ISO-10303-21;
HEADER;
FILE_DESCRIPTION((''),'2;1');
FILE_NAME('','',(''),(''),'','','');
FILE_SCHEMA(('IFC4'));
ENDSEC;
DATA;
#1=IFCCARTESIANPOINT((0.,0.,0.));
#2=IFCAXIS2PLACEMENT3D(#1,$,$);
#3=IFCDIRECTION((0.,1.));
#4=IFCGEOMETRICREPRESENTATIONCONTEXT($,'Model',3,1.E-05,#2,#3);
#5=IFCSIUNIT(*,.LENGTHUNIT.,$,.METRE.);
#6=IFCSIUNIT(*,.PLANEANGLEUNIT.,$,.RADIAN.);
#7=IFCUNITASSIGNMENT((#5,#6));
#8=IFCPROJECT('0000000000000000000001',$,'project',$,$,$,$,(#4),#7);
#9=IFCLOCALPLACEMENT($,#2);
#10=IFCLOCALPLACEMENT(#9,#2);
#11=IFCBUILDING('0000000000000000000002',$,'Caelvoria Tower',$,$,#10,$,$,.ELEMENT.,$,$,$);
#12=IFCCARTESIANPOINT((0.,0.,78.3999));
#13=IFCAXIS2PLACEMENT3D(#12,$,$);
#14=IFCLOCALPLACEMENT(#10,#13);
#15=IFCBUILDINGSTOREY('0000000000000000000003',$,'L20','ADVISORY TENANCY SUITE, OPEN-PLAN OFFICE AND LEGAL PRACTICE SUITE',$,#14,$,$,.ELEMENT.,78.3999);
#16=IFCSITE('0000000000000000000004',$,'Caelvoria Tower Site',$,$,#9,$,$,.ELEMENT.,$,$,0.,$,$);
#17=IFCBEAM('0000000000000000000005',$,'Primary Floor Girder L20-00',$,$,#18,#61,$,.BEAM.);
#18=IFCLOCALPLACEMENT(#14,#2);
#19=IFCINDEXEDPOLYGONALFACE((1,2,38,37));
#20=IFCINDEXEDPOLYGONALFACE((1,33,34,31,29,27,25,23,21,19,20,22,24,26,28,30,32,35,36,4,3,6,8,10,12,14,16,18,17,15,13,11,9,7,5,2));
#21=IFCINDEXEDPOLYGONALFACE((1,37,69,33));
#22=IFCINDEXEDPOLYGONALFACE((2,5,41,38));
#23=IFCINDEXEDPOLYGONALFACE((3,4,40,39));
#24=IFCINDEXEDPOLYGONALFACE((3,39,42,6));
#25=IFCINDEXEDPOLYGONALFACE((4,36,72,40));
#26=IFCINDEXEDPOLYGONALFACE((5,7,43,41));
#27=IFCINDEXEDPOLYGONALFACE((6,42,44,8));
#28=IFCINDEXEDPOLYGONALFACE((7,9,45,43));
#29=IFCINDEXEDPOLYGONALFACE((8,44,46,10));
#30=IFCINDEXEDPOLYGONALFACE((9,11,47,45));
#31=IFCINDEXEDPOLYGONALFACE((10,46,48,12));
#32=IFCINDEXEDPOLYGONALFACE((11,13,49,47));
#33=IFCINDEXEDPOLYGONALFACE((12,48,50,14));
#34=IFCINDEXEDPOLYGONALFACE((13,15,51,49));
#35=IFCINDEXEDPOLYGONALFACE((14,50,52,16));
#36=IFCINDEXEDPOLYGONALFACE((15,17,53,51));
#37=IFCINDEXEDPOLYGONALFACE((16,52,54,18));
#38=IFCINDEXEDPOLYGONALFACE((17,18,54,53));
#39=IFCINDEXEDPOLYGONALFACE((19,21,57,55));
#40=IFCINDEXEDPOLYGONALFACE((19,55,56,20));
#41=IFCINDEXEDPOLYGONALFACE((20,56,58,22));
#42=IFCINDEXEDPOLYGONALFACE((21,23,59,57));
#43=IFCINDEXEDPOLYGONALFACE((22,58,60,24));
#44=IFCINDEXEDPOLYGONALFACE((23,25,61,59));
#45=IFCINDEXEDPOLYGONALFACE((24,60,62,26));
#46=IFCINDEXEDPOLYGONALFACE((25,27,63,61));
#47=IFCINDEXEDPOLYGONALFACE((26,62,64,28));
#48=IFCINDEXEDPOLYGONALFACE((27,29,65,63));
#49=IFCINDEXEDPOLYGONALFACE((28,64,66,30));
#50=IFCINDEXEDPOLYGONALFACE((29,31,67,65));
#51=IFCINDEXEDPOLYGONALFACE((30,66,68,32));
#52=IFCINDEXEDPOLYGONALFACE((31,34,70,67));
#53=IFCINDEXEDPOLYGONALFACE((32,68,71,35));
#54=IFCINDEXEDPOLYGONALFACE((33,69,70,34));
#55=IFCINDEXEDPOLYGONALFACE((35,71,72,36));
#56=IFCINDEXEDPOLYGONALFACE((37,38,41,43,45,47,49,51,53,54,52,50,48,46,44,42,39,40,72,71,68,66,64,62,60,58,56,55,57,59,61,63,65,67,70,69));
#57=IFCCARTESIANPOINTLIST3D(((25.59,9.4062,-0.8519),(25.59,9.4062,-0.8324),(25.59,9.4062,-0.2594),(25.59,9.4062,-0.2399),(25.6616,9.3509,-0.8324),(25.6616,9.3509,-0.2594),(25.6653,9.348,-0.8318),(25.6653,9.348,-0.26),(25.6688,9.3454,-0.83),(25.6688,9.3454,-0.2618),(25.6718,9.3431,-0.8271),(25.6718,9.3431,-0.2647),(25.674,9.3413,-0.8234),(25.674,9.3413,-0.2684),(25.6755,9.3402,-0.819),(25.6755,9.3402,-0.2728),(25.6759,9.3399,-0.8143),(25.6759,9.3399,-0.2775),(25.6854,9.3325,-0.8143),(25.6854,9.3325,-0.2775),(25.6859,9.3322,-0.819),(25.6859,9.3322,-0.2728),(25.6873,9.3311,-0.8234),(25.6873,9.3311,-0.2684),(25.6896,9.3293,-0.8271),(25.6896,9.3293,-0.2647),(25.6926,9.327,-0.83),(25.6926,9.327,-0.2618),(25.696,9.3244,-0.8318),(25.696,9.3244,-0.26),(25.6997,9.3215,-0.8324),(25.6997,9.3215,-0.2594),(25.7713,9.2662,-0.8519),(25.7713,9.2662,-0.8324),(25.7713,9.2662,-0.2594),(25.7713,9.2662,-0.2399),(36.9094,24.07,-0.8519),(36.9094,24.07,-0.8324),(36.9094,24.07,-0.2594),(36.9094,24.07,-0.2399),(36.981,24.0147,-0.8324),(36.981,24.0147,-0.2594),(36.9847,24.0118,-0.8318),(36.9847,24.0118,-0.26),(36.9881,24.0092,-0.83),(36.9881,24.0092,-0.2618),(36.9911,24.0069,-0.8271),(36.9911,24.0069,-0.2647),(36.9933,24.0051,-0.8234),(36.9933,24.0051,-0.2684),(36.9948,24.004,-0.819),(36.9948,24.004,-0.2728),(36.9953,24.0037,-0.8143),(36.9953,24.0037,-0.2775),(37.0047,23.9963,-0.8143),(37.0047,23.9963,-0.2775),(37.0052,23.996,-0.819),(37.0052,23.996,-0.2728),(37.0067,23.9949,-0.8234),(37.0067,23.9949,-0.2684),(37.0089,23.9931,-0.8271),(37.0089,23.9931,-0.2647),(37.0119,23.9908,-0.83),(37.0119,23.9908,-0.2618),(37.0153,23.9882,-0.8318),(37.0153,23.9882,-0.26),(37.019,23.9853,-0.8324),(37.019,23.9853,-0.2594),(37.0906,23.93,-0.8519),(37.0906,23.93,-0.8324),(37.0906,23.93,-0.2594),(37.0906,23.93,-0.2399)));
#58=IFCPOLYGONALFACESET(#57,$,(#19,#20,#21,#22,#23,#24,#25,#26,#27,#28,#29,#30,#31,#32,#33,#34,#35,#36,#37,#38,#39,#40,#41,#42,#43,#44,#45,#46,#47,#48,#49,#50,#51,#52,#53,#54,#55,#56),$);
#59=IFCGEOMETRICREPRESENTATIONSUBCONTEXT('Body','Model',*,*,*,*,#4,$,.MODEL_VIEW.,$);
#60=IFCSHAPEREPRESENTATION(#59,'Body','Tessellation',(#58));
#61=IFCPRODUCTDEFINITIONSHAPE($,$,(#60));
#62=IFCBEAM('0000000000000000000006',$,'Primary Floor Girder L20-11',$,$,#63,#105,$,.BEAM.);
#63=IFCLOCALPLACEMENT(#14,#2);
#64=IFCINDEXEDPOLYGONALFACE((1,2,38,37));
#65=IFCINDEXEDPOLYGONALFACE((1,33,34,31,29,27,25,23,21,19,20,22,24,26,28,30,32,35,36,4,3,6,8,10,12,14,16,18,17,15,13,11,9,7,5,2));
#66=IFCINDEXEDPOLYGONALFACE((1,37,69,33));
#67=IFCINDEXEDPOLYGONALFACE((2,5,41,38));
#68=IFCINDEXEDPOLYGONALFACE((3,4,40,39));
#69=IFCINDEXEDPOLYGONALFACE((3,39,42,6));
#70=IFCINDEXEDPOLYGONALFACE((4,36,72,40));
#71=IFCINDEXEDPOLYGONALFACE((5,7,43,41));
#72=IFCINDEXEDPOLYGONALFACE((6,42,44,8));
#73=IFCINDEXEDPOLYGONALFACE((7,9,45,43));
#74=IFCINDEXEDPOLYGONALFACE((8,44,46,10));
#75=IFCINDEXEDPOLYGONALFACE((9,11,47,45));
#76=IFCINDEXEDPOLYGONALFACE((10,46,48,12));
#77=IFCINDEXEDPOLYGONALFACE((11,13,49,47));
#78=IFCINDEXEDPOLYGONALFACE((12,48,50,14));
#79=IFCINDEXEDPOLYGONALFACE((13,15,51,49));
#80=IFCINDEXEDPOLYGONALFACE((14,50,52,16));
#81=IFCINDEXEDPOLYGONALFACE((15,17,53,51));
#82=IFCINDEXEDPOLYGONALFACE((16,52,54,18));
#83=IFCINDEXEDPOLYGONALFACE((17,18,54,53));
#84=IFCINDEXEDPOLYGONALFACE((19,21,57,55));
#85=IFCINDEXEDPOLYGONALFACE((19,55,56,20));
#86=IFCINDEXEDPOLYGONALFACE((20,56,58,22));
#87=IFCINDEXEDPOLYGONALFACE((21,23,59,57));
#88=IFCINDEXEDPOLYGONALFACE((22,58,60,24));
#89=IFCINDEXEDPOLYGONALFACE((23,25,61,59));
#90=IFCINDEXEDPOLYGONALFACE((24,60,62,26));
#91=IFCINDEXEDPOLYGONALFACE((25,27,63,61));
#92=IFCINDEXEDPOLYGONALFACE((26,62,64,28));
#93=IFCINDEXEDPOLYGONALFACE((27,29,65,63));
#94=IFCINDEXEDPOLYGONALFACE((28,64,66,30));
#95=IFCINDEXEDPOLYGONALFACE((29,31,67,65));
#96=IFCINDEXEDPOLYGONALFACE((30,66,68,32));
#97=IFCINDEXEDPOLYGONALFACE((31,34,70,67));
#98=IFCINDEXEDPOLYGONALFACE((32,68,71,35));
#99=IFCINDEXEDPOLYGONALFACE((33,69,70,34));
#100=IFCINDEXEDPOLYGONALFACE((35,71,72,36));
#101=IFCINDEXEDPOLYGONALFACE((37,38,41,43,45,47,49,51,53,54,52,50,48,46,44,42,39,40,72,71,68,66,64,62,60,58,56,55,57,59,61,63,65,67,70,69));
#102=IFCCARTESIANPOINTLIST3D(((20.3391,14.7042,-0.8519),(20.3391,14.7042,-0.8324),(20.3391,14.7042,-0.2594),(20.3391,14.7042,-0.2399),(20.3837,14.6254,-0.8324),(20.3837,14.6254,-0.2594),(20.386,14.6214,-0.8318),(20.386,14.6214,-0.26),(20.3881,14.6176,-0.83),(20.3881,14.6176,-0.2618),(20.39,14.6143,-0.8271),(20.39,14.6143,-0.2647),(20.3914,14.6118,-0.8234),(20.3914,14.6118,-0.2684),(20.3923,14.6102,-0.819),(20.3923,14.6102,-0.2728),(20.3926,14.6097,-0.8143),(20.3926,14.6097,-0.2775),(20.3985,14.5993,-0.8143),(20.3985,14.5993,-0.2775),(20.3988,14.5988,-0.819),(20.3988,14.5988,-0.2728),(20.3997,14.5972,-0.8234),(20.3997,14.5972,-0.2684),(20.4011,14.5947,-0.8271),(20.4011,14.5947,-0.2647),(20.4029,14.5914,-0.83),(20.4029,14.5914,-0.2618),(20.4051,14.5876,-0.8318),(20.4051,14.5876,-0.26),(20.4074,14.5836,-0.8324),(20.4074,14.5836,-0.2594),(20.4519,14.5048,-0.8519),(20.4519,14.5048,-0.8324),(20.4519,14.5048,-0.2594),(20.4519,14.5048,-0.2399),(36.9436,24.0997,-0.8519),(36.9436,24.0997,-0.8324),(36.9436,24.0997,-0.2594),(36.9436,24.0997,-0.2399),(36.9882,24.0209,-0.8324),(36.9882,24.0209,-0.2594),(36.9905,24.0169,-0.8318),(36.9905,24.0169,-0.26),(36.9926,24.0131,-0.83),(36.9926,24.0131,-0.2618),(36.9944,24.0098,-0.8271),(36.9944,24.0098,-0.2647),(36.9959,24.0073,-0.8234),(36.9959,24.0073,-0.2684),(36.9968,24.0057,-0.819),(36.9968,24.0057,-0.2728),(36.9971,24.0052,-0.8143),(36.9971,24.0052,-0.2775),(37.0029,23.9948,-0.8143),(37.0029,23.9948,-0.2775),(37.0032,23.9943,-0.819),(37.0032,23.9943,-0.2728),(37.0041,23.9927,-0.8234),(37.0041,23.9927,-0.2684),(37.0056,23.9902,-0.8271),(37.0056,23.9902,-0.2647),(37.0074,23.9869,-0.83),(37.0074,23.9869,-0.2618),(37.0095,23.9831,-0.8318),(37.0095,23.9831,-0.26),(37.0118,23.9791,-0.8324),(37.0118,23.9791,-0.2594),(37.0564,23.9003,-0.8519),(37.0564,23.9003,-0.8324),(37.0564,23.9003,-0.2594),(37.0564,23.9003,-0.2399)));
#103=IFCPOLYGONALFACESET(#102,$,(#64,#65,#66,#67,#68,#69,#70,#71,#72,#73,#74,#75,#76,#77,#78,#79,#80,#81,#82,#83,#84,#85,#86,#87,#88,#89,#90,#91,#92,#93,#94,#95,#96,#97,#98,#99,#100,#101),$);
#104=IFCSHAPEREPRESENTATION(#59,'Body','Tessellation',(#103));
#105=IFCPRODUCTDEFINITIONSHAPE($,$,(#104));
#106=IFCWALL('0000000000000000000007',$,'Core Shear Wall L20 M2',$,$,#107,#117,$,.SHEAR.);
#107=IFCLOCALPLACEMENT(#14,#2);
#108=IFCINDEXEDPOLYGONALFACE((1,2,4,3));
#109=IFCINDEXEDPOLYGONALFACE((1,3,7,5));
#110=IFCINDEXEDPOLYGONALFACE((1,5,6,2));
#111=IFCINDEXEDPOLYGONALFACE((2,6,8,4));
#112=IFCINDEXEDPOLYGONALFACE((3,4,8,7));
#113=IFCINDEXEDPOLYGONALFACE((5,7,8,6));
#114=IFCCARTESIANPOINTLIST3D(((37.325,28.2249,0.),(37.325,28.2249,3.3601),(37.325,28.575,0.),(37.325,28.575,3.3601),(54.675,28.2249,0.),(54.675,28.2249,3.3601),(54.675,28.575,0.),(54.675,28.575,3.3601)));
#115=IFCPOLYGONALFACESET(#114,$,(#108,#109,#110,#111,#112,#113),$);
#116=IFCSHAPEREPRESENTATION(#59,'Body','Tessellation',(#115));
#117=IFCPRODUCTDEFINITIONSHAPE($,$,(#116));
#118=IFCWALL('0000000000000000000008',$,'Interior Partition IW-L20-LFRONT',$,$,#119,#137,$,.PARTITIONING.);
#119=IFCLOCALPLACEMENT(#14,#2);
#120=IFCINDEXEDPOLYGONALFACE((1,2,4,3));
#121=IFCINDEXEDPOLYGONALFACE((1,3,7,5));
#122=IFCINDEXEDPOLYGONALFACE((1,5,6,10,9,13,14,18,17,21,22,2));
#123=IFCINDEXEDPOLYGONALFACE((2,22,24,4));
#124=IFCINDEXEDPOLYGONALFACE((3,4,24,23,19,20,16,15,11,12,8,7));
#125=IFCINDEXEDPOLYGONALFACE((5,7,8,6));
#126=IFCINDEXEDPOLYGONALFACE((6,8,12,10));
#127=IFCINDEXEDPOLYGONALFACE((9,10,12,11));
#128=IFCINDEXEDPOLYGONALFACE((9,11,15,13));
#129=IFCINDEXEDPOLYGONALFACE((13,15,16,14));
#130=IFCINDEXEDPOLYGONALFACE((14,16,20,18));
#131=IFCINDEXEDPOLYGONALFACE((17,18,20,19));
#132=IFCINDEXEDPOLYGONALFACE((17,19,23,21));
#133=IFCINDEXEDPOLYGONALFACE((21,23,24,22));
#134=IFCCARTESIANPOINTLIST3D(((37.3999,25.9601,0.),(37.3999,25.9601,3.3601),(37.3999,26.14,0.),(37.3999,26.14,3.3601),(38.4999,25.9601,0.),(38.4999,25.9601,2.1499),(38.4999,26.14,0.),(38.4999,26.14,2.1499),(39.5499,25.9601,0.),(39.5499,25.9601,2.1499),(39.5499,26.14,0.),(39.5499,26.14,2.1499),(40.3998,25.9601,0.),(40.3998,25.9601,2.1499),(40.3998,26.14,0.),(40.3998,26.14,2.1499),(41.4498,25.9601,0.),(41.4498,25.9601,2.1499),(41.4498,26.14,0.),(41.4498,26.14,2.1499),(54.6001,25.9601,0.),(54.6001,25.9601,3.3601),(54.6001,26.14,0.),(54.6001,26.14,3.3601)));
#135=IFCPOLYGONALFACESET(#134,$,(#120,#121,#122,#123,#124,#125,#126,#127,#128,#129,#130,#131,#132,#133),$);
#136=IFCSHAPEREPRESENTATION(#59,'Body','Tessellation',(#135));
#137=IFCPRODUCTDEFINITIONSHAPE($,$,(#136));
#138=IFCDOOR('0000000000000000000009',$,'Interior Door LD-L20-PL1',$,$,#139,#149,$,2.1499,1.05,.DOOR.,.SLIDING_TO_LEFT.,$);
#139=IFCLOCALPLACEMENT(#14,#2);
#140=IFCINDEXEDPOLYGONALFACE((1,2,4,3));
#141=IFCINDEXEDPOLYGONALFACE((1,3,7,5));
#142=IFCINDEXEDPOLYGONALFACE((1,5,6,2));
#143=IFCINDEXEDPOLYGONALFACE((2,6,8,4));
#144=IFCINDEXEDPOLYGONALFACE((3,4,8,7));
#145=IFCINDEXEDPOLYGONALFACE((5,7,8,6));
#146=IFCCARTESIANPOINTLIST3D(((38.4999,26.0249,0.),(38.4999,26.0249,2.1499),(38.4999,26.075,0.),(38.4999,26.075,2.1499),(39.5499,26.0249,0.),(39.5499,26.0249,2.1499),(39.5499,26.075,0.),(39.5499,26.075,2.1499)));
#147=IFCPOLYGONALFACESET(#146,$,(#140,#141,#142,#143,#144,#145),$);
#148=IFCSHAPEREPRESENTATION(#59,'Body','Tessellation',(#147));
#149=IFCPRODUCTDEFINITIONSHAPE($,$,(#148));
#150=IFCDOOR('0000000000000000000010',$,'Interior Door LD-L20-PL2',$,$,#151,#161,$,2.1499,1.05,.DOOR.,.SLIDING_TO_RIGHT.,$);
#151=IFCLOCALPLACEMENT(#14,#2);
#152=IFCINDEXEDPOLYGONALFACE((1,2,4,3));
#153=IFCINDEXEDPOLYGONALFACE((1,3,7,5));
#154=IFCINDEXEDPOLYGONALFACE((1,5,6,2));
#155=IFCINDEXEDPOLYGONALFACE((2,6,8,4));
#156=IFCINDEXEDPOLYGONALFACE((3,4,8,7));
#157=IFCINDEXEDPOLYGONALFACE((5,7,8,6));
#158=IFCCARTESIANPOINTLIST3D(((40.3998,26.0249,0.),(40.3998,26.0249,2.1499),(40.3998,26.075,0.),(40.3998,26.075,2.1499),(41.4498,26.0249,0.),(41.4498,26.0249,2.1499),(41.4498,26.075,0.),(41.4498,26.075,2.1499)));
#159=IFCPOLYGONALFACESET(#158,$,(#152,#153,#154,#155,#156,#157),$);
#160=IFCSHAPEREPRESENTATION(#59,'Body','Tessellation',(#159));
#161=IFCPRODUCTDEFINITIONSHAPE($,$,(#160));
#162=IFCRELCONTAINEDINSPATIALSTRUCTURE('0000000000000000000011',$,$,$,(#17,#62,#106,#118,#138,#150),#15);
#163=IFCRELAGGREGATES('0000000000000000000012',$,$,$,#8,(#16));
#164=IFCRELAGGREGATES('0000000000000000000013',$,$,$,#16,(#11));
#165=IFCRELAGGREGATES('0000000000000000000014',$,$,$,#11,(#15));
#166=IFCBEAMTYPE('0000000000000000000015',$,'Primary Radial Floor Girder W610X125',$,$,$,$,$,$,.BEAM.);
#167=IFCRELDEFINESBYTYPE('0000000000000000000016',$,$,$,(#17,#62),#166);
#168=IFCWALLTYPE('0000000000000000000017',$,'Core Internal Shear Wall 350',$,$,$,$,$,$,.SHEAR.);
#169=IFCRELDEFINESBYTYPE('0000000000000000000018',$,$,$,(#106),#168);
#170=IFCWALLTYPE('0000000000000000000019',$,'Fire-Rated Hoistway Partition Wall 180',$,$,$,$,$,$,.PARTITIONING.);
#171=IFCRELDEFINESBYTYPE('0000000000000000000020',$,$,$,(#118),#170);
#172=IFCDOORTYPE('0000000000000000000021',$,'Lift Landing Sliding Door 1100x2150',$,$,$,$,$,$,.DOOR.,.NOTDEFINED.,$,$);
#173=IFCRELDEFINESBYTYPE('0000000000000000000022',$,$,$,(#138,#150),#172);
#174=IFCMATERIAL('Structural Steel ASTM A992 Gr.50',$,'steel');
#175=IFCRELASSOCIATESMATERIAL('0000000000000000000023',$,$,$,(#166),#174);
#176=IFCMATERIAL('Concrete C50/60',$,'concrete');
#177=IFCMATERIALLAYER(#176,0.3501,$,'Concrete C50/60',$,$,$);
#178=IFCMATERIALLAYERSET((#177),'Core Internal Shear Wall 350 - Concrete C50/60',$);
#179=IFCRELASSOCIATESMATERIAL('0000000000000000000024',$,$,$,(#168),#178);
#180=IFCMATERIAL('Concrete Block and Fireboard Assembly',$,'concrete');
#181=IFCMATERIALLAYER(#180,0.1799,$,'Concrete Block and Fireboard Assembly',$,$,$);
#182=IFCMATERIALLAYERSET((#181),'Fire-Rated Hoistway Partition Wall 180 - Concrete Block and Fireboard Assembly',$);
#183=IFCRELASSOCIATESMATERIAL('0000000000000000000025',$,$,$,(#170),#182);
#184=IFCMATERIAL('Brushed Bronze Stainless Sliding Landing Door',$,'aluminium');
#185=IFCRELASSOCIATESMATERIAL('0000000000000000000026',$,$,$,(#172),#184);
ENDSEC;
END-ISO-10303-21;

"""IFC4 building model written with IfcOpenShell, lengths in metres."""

from ifc_helpers import new_model, si_unit, direction, frame, frame_2d, origin, origin_2d, place, context, subcontext, project, spatial, rectangle, i_section, extrude, material, layer, layer_set, material_profile, profile_set, type_object, element, fill, save


model = new_model("IFC4")

# Units and contexts
model_context = context("Model", 3, precision=1e-05, world=origin(), true_north=direction((0.0, 1.0)))
body_context = subcontext(model_context, "Body", "Model", "MODEL_VIEW")
ifc_project = project(units=[si_unit("LENGTHUNIT", "METRE"), si_unit("PLANEANGLEUNIT", "RADIAN")], contexts=[model_context])

# Site, building, storey
site_placement = place(None, origin())
site = spatial("IfcSite", under=ifc_project, at=site_placement, Name="Caelvoria Tower Site", CompositionType="ELEMENT", RefElevation=0.0)
building_placement = place(site_placement, origin())
building = spatial("IfcBuilding", under=site, at=building_placement, Name="Caelvoria Tower", CompositionType="ELEMENT")
storey_placement = place(building_placement, frame((0.0, 0.0, 78.3999)))
storey = spatial("IfcBuildingStorey", under=building, at=storey_placement, Name="L20", Description="ADVISORY TENANCY SUITE, OPEN-PLAN OFFICE AND LEGAL PRACTICE SUITE", CompositionType="ELEMENT", Elevation=78.3999)

# Beams
ifc_material_1 = material(Name="Structural Steel ASTM A992 Gr.50", Category="steel")
ifc_material_profile = material_profile(ifc_material_1, i_section(OverallWidth=0.229, OverallDepth=0.6121, WebThickness=0.012, FlangeThickness=0.0195, FilletRadius=0.0181, at=origin_2d()), Name="Structural Steel ASTM A992 Gr.50")
ifc_profile_set = profile_set([ifc_material_profile], Name="W610X125 - Structural Steel ASTM A992 Gr.50")
beam_type = type_object("IfcBeamType", Name="Primary Radial Floor Girder W610X125", PredefinedType="BEAM", material=ifc_profile_set)
beam_1_placement = place(storey_placement, frame((37.0, 24.0, -0.5459), z_axis=(-0.611049, -0.791593, 0.0), x_axis=(0.791593, -0.611049, 0.0)))
element("IfcBeam", 1, at=beam_1_placement, inside=storey, type_object=beam_type, Name="Primary Floor Girder L20-00", PredefinedType="BEAM", context=body_context, shape_type="SweptSolid", body=[
    extrude(i_section(OverallWidth=0.229, OverallDepth=0.6121, WebThickness=0.012, FlangeThickness=0.0195, FilletRadius=0.0181, at=origin_2d()), origin(), (0.0, 0.0, 1.0), 18.5244),
])
beam_2_placement = place(storey_placement, frame((37.0, 24.0, -0.5459), z_axis=(-0.87033, -0.492469, 0.0), x_axis=(0.492469, -0.87033, 0.0)))
element("IfcBeam", 2, at=beam_2_placement, inside=storey, type_object=beam_type, Name="Primary Floor Girder L20-11", PredefinedType="BEAM", context=body_context, shape_type="SweptSolid", body=[
    extrude(i_section(OverallWidth=0.229, OverallDepth=0.6121, WebThickness=0.012, FlangeThickness=0.0195, FilletRadius=0.0181, at=origin_2d()), origin(), (0.0, 0.0, 1.0), 19.0784),
])

# Shared definitions
ifc_material_2 = material(Name="Concrete C50/60", Category="concrete")
ifc_layer_1 = layer(ifc_material_2, 0.3501, Name="Concrete C50/60")
ifc_layer_set_1 = layer_set([ifc_layer_1], Name="Core Internal Shear Wall 350 - Concrete C50/60")
wall_type_1 = type_object("IfcWallType", Name="Core Internal Shear Wall 350", PredefinedType="SHEAR", material=ifc_layer_set_1)

# Wall
wall_1_placement = place(storey_placement, frame((37.325, 28.3999, 0.0), z_axis=(0.0, 0.0, 1.0), x_axis=(1.0, 0.0, 0.0)))
element("IfcWall", 3, at=wall_1_placement, inside=storey, type_object=wall_type_1, Name="Core Shear Wall L20 M2", PredefinedType="SHEAR", context=body_context, shape_type="SweptSolid", body=[
    extrude(rectangle(XDim=17.3501, YDim=0.3501, at=frame_2d((8.675, 0.0))), origin(), (0.0, 0.0, 1.0), 3.3601),
])

# Wall, openings, doors
ifc_material_3 = material(Name="Concrete Block and Fireboard Assembly", Category="concrete")
ifc_layer_2 = layer(ifc_material_3, 0.1799, Name="Concrete Block and Fireboard Assembly")
ifc_layer_set_2 = layer_set([ifc_layer_2], Name="Fire-Rated Hoistway Partition Wall 180 - Concrete Block and Fireboard Assembly")
wall_type_2 = type_object("IfcWallType", Name="Fire-Rated Hoistway Partition Wall 180", PredefinedType="PARTITIONING", material=ifc_layer_set_2)
wall_2_placement = place(storey_placement, frame((37.3999, 26.05, 0.0), z_axis=(0.0, 0.0, 1.0), x_axis=(1.0, 0.0, 0.0)))
wall_2 = element("IfcWall", 4, at=wall_2_placement, inside=storey, type_object=wall_type_2, Name="Interior Partition IW-L20-LFRONT", PredefinedType="PARTITIONING", context=body_context, shape_type="SweptSolid", body=[
    extrude(rectangle(XDim=17.2002, YDim=0.1799, at=frame_2d((8.6001, 0.0))), origin(), (0.0, 0.0, 1.0), 3.3601),
])
opening_1_placement = place(wall_2_placement, frame((1.1001, 0.0, 0.0)))
opening_1 = element("IfcOpeningElement", 5, at=opening_1_placement, cuts=wall_2, PredefinedType="OPENING", context=body_context, shape_type="SweptSolid", body=[
    extrude(rectangle(XDim=1.05, YDim=2.1499, at=frame_2d((0.5249, 1.075))), frame((0.0, 0.0999, 0.0), z_axis=(0.0, -1.0, 0.0), x_axis=(1.0, 0.0, 0.0)), (0.0, 0.0, 1.0), 0.2),
])
opening_2_placement = place(wall_2_placement, frame((3.0, 0.0, 0.0)))
opening_2 = element("IfcOpeningElement", 6, at=opening_2_placement, cuts=wall_2, PredefinedType="OPENING", context=body_context, shape_type="SweptSolid", body=[
    extrude(rectangle(XDim=1.05, YDim=2.1499, at=frame_2d((0.5249, 1.075))), frame((0.0, 0.0999, 0.0), z_axis=(0.0, -1.0, 0.0), x_axis=(1.0, 0.0, 0.0)), (0.0, 0.0, 1.0), 0.2),
])
ifc_material_4 = material(Name="Brushed Bronze Stainless Sliding Landing Door", Category="aluminium")
door_type_1 = type_object("IfcDoorType", Name="Lift Landing Sliding Door 1100x2150", OperationType="NOTDEFINED", PredefinedType="DOOR", material=ifc_material_4)
door_1_placement = place(opening_1_placement, origin())
door_1 = element("IfcDoor", 7, at=door_1_placement, inside=storey, type_object=door_type_1, Name="Interior Door LD-L20-PL1", OperationType="SLIDING_TO_LEFT", OverallHeight=2.1499, OverallWidth=1.05, PredefinedType="DOOR", context=body_context, shape_type="SweptSolid", body=[
    extrude(rectangle(XDim=1.05, YDim=2.1499, at=frame_2d((0.5249, 1.075))), frame((0.0, 0.0249, 0.0), z_axis=(0.0, -1.0, 0.0), x_axis=(1.0, 0.0, 0.0)), (0.0, 0.0, 1.0), 0.05),
])
fill(opening_1, door_1)
door_2_placement = place(opening_2_placement, origin())
door_2 = element("IfcDoor", 8, at=door_2_placement, inside=storey, type_object=door_type_1, Name="Interior Door LD-L20-PL2", OperationType="SLIDING_TO_RIGHT", OverallHeight=2.1499, OverallWidth=1.05, PredefinedType="DOOR", context=body_context, shape_type="SweptSolid", body=[
    extrude(rectangle(XDim=1.05, YDim=2.1499, at=frame_2d((0.5249, 1.075))), frame((0.0, 0.0249, 0.0), z_axis=(0.0, -1.0, 0.0), x_axis=(1.0, 0.0, 0.0)), (0.0, 0.0, 1.0), 0.05),
])
fill(opening_2, door_2)

save(model, "model.ifc")
